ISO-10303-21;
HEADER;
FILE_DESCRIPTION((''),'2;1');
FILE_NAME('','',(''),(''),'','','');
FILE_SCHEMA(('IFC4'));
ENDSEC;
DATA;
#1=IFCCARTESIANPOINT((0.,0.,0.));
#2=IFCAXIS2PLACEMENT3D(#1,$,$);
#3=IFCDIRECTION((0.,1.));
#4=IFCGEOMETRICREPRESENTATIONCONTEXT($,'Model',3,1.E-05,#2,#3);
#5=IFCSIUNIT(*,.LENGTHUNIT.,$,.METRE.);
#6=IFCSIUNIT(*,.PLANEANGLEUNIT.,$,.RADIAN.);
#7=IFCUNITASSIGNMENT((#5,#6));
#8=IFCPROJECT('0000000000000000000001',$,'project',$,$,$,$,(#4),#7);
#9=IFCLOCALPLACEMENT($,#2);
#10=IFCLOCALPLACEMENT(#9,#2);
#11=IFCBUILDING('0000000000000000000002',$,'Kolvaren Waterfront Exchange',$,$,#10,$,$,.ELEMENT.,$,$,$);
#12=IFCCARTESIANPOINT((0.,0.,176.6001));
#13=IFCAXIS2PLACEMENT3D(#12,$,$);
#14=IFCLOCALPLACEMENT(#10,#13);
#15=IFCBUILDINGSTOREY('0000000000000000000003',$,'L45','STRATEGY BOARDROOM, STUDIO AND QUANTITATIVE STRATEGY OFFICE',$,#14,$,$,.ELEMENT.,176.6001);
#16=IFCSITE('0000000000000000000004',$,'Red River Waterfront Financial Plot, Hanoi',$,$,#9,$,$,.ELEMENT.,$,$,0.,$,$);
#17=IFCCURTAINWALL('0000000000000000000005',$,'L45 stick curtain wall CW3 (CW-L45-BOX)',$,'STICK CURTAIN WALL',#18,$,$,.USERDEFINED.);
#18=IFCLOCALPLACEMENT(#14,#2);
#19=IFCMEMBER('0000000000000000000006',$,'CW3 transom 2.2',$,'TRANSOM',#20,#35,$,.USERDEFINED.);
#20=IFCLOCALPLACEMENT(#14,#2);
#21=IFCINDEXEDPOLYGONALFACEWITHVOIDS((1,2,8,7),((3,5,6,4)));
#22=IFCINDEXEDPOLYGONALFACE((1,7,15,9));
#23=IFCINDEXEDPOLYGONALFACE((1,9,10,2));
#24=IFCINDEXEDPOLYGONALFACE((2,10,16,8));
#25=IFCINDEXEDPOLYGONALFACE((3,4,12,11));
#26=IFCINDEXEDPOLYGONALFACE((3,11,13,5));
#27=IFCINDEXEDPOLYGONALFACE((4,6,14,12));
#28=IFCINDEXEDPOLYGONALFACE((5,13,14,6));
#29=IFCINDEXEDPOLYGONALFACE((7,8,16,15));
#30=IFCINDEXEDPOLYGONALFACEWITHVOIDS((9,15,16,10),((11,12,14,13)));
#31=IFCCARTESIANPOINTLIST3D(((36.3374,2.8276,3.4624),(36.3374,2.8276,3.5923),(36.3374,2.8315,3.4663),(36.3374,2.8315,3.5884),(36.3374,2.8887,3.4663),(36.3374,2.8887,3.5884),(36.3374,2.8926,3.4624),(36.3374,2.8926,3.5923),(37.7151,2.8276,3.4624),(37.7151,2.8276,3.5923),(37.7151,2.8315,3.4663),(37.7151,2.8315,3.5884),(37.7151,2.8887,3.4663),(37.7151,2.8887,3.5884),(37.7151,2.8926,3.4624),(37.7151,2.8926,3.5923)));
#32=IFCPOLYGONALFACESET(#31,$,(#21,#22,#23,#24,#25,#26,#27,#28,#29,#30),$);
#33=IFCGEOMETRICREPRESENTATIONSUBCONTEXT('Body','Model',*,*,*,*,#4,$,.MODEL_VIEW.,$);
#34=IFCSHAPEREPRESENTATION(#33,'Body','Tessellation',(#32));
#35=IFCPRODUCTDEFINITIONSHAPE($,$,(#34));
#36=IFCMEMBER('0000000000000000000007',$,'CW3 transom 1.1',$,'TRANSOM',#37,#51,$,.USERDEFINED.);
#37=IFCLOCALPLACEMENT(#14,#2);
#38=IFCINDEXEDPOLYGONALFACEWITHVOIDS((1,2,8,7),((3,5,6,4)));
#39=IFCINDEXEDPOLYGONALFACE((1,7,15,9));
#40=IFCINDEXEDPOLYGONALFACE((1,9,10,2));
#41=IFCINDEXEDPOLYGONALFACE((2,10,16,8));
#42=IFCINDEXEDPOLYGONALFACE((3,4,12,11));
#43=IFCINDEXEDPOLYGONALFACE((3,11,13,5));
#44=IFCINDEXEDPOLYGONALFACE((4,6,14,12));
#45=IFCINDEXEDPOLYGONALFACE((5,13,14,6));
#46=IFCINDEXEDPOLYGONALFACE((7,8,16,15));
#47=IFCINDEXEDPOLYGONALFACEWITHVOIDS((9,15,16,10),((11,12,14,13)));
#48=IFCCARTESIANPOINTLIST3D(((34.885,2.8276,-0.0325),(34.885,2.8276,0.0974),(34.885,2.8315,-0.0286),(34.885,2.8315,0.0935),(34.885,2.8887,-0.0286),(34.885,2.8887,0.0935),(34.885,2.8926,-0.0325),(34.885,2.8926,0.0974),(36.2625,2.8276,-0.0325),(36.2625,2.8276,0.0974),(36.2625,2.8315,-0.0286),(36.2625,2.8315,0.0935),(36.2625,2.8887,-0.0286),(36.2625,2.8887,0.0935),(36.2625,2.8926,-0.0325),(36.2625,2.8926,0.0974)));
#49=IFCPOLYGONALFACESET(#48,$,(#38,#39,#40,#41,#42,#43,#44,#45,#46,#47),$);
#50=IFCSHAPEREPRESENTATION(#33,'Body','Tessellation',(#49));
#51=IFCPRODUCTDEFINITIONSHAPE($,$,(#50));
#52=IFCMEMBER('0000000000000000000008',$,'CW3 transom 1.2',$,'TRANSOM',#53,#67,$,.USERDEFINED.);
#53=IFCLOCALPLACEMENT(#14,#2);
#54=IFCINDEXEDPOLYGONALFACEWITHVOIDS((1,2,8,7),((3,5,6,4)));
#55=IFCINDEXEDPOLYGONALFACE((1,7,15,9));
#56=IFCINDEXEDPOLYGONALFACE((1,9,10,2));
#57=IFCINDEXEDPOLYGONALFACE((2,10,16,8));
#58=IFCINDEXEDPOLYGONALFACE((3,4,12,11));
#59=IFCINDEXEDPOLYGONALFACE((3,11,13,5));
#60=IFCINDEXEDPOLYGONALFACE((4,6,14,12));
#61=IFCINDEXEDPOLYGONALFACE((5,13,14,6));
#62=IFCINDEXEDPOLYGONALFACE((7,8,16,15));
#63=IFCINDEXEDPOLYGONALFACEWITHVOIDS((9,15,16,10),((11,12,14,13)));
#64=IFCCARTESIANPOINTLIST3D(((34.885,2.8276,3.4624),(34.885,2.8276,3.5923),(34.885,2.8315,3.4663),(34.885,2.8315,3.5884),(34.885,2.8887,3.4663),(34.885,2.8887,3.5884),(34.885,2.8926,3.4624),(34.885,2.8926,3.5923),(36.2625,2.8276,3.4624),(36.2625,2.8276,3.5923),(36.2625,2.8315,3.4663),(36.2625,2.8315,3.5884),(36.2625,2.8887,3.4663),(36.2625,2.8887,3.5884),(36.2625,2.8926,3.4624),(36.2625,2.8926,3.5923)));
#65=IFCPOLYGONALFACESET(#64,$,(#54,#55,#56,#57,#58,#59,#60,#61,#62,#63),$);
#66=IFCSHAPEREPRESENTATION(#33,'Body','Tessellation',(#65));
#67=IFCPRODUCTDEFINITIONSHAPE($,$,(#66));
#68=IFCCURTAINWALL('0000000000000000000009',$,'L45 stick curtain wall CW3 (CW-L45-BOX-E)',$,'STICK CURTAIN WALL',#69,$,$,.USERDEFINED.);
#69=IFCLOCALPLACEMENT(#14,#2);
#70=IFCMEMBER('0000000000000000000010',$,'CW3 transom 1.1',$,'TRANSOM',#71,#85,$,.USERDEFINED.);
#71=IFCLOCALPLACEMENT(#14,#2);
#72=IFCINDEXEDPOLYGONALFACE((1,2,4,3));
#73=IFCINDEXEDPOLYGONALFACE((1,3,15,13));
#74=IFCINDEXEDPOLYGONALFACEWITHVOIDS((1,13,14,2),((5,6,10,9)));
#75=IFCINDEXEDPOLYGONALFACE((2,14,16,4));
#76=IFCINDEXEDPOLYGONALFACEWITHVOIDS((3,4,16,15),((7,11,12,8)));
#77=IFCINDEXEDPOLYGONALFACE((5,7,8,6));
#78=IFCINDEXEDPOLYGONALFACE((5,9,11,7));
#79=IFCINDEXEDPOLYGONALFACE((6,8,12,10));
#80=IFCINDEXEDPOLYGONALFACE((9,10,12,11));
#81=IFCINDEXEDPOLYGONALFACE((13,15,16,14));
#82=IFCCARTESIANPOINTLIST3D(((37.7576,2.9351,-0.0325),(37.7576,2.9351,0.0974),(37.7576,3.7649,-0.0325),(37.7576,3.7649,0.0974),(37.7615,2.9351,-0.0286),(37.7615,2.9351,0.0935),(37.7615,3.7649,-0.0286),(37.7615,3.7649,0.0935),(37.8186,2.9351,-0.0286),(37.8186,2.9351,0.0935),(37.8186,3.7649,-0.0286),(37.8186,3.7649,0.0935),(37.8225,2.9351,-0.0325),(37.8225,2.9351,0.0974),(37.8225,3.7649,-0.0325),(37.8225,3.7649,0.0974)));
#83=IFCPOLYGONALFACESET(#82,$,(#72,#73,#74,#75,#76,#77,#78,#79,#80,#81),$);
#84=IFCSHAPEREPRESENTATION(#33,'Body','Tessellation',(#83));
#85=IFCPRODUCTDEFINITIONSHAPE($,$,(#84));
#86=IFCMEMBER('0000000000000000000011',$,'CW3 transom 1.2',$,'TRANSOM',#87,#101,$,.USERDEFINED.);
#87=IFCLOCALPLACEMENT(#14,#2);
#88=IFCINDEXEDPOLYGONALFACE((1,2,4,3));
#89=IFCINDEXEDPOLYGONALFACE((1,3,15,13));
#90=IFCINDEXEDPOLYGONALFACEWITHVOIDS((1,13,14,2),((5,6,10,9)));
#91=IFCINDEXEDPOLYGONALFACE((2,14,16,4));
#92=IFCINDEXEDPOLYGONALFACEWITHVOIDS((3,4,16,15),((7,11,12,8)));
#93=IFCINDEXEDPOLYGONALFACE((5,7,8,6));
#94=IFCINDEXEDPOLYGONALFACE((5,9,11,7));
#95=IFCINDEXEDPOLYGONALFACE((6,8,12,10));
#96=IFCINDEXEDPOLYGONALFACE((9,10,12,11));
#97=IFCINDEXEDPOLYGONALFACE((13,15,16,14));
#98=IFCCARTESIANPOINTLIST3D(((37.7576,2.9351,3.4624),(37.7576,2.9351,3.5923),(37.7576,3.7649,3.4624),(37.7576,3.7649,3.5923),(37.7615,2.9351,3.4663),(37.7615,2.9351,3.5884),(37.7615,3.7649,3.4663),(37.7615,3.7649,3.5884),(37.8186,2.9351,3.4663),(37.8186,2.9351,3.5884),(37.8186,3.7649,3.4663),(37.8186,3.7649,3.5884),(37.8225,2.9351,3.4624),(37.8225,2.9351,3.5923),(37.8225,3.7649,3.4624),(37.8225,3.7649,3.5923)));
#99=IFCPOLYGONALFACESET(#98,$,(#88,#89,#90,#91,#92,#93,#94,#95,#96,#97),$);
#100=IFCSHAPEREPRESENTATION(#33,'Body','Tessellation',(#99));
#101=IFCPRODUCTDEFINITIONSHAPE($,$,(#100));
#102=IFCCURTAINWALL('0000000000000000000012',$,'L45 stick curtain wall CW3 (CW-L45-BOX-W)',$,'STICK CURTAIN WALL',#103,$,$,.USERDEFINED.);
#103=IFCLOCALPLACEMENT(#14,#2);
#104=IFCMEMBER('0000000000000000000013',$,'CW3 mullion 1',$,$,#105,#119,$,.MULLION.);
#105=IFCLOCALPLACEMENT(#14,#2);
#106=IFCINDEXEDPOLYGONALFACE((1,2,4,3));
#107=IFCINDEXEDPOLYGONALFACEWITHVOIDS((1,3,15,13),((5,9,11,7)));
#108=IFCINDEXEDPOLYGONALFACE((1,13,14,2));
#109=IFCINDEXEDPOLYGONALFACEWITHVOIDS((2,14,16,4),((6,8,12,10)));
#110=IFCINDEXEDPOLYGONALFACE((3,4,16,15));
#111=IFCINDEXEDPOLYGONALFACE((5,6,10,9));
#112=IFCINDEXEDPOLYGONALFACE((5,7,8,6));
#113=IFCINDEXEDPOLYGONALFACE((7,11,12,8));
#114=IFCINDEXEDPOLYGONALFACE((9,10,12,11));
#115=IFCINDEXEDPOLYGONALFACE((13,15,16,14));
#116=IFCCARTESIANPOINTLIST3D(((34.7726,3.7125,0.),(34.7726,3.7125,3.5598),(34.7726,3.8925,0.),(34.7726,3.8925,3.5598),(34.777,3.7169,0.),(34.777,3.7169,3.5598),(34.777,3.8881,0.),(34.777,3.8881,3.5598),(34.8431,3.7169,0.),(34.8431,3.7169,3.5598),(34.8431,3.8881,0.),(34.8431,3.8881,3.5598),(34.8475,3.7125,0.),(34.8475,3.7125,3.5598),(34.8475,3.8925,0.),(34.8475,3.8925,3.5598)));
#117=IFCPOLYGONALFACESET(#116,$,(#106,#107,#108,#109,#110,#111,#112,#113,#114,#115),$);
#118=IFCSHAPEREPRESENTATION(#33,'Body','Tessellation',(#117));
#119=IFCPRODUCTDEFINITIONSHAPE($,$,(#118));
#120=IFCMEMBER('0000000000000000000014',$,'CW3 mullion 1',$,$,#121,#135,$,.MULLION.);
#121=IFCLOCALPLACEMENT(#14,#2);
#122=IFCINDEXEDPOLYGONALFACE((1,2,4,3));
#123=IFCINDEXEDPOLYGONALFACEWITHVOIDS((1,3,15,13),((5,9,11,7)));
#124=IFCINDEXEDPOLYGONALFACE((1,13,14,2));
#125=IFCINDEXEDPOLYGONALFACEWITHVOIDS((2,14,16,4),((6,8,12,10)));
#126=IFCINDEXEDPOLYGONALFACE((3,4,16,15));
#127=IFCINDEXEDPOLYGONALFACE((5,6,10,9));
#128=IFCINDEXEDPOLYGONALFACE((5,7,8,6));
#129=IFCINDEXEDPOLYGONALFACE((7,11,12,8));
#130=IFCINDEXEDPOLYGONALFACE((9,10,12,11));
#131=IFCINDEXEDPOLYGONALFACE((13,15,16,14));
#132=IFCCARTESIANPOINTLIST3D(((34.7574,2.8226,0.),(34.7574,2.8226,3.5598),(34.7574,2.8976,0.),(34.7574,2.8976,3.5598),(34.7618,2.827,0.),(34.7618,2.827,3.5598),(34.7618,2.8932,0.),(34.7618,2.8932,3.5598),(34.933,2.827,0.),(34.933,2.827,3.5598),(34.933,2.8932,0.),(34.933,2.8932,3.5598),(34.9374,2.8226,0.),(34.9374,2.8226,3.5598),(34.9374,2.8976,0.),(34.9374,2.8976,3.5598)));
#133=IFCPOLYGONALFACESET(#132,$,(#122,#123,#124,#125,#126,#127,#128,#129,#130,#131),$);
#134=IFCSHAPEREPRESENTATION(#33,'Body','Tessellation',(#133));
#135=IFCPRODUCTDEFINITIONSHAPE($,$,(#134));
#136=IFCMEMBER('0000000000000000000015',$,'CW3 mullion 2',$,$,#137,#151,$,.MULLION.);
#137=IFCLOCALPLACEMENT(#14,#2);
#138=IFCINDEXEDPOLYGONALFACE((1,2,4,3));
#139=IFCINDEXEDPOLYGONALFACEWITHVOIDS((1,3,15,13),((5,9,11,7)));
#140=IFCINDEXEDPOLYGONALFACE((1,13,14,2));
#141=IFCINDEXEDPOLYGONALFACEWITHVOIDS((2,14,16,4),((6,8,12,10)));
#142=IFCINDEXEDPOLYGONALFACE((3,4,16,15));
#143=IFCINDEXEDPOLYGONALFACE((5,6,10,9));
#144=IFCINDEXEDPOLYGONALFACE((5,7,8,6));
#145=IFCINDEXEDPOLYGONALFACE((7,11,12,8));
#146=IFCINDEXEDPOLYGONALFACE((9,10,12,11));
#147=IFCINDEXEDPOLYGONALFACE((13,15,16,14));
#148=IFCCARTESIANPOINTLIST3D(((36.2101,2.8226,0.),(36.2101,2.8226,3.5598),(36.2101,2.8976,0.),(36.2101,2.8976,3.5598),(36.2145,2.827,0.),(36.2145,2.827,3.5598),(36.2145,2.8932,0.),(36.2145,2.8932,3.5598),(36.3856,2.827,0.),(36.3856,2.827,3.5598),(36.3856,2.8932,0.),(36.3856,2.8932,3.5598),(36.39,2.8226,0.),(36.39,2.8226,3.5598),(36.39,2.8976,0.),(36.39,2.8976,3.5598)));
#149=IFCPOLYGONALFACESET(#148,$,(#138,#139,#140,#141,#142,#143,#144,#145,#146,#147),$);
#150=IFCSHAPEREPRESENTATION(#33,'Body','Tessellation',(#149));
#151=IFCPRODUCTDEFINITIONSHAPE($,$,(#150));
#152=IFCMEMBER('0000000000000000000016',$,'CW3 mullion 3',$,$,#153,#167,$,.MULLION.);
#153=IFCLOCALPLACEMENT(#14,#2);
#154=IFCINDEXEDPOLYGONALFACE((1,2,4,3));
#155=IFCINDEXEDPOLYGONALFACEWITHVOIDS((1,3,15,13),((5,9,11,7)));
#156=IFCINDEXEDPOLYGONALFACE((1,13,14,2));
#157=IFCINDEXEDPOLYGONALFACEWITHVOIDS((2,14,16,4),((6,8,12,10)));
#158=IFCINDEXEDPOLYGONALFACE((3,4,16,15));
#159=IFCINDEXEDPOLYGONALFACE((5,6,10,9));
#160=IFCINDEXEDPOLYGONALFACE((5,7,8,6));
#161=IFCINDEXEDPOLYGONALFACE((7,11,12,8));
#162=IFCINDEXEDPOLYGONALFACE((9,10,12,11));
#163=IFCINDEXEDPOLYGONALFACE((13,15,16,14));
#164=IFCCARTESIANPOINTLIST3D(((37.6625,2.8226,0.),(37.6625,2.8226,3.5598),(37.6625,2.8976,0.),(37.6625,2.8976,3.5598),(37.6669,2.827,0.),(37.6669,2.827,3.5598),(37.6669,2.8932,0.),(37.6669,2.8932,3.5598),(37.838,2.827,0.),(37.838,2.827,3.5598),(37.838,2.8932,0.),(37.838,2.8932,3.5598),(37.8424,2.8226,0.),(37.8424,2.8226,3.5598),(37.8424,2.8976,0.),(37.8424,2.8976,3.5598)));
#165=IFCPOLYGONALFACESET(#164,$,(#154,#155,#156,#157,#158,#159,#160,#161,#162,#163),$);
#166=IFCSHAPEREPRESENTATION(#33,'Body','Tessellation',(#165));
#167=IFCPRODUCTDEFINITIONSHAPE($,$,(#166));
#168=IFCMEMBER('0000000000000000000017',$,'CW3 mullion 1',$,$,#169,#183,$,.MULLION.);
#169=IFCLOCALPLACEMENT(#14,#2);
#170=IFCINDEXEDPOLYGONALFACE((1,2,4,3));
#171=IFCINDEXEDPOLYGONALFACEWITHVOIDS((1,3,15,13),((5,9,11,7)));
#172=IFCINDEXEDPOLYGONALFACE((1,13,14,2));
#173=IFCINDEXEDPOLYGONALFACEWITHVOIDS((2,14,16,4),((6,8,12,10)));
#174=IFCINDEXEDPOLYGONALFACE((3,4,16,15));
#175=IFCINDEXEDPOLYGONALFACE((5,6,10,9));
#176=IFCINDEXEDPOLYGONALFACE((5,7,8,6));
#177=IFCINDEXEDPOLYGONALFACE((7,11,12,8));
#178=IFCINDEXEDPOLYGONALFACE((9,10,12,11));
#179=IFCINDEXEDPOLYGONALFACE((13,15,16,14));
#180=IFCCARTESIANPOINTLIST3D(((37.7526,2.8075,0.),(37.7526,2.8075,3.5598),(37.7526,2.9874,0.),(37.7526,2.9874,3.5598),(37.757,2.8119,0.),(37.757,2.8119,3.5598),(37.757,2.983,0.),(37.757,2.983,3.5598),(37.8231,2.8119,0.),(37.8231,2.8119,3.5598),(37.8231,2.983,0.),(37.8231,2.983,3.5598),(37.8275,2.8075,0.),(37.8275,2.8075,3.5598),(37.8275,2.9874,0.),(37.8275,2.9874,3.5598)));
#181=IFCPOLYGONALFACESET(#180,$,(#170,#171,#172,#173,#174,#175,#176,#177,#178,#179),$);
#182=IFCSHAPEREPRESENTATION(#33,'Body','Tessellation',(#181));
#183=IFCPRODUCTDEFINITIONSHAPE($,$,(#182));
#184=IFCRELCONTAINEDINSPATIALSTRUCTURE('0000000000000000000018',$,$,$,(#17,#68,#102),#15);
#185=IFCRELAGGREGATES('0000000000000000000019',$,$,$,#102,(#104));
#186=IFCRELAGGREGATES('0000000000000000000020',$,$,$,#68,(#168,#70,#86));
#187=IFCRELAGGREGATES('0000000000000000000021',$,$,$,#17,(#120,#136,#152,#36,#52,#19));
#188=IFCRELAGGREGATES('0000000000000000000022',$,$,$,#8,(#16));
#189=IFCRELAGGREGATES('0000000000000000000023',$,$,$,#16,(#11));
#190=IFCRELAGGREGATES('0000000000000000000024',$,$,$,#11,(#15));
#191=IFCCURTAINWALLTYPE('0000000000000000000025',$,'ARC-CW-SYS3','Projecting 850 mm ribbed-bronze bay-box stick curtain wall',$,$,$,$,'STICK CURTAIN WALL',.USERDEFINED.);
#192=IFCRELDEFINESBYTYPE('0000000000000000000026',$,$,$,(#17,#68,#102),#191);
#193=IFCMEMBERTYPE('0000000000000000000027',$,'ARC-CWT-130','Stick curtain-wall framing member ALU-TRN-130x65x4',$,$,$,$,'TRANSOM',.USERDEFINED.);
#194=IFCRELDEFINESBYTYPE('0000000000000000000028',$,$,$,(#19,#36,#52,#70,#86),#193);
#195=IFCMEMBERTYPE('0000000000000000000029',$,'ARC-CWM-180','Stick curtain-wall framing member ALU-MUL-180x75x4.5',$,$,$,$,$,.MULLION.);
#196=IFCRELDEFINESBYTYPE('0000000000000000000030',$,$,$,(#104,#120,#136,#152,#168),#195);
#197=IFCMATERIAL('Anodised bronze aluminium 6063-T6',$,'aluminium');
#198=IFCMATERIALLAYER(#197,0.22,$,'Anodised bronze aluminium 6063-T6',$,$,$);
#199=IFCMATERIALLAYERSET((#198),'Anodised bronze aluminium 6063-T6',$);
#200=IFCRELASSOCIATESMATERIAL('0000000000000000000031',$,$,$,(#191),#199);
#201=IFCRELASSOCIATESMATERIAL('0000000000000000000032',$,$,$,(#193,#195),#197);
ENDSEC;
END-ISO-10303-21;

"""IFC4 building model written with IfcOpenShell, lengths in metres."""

from ifc_helpers import new_model, si_unit, direction, frame, origin, origin_with_axes, origin_2d, place, context, subcontext, project, spatial, hollow_rectangle, extrude, source, transform, mapped, material, layer, layer_set, material_profile, profile_set, type_object, element, aggregate, save


model = new_model("IFC4")

# Units and contexts
model_context = context("Model", 3, precision=1e-05, world=origin(), true_north=direction((0.0, 1.0)))
body_context = subcontext(model_context, "Body", "Model", "MODEL_VIEW")
ifc_project = project(units=[si_unit("LENGTHUNIT", "METRE"), si_unit("PLANEANGLEUNIT", "RADIAN")], contexts=[model_context])

# Site, building, storey
site_placement = place(None, origin())
site = spatial("IfcSite", under=ifc_project, at=site_placement, Name="Red River Waterfront Financial Plot, Hanoi", CompositionType="ELEMENT", RefElevation=0.0)
building_placement = place(site_placement, origin())
building = spatial("IfcBuilding", under=site, at=building_placement, Name="Kolvaren Waterfront Exchange", CompositionType="ELEMENT")
storey_placement = place(building_placement, frame((0.0, 0.0, 176.6001)))
storey = spatial("IfcBuildingStorey", under=building, at=storey_placement, Name="L45", Description="STRATEGY BOARDROOM, STUDIO AND QUANTITATIVE STRATEGY OFFICE", CompositionType="ELEMENT", Elevation=176.6001)

# Curtain walls, members
ifc_material_1 = material(Name="Anodised bronze aluminium 6063-T6", Category="aluminium")
ifc_layer_1 = layer(ifc_material_1, 0.22, Name="Anodised bronze aluminium 6063-T6")
ifc_layer_set_1 = layer_set([ifc_layer_1], Name="Anodised bronze aluminium 6063-T6")
curtain_wall_type_1 = type_object("IfcCurtainWallType", Name="ARC-CW-SYS3", Description="Projecting 850 mm ribbed-bronze bay-box stick curtain wall", ElementType="STICK CURTAIN WALL", PredefinedType="USERDEFINED", material=ifc_layer_set_1)
curtain_wall_1_placement = place(storey_placement, origin())
curtain_wall_1 = element("IfcCurtainWall", 1, at=curtain_wall_1_placement, inside=storey, type_object=curtain_wall_type_1, Name="L45 stick curtain wall CW3 (CW-L45-BOX)", ObjectType="STICK CURTAIN WALL", PredefinedType="USERDEFINED")
ifc_material_profile_1 = material_profile(ifc_material_1, hollow_rectangle(XDim=0.0649, YDim=0.1299, WallThickness=0.0039, at=origin_2d()), Name="ALU-TRN-130x65x4")
ifc_profile_set_1 = profile_set([ifc_material_profile_1], Name="Anodised bronze aluminium 6063-T6")
member_type_1 = type_object("IfcMemberType", Name="ARC-CWT-130", Description="Stick curtain-wall framing member ALU-TRN-130x65x4", ElementType="TRANSOM", PredefinedType="USERDEFINED", material=ifc_profile_set_1)
shared_shape_1 = source(origin_with_axes(), body_context, "Body", "SweptSolid", [
    extrude(hollow_rectangle(XDim=0.0649, YDim=0.1299, WallThickness=0.0039, at=origin_2d()), origin(), (0.0, 0.0, 1.0), 1.3777),
])
member_1_placement = place(storey_placement, frame((36.3374, 2.8601, 3.5273), z_axis=(1.0, 0.0, 0.0), x_axis=(0.0, 1.0, 0.0)))
member_1 = element("IfcMember", 2, at=member_1_placement, type_object=member_type_1, Name="CW3 transom 2.2", ObjectType="TRANSOM", PredefinedType="USERDEFINED", context=body_context, shape_type="MappedRepresentation", body=[
    mapped(shared_shape_1, transform((0.0, 0.0, 0.0), x_axis=(1.0, 0.0, 0.0), y_axis=(0.0, 1.0, 0.0), z_axis=(0.0, 0.0, 1.0), scale=1.0)),
])
shared_shape_2 = source(origin_with_axes(), body_context, "Body", "SweptSolid", [
    extrude(hollow_rectangle(XDim=0.0649, YDim=0.1299, WallThickness=0.0039, at=origin_2d()), origin(), (0.0, 0.0, 1.0), 1.3774),
])
member_2_placement = place(storey_placement, frame((34.885, 2.8601, 0.0325), z_axis=(1.0, 0.0, 0.0), x_axis=(0.0, 1.0, 0.0)))
member_2 = element("IfcMember", 3, at=member_2_placement, type_object=member_type_1, Name="CW3 transom 1.1", ObjectType="TRANSOM", PredefinedType="USERDEFINED", context=body_context, shape_type="MappedRepresentation", body=[
    mapped(shared_shape_2, transform((0.0, 0.0, 0.0), x_axis=(1.0, 0.0, 0.0), y_axis=(0.0, 1.0, 0.0), z_axis=(0.0, 0.0, 1.0), scale=1.0)),
])
member_3_placement = place(storey_placement, frame((34.885, 2.8601, 3.5273), z_axis=(1.0, 0.0, 0.0), x_axis=(0.0, 1.0, 0.0)))
member_3 = element("IfcMember", 4, at=member_3_placement, type_object=member_type_1, Name="CW3 transom 1.2", ObjectType="TRANSOM", PredefinedType="USERDEFINED", context=body_context, shape_type="MappedRepresentation", body=[
    mapped(shared_shape_2, transform((0.0, 0.0, 0.0), x_axis=(1.0, 0.0, 0.0), y_axis=(0.0, 1.0, 0.0), z_axis=(0.0, 0.0, 1.0), scale=1.0)),
])
curtain_wall_2_placement = place(storey_placement, origin())
curtain_wall_2 = element("IfcCurtainWall", 5, at=curtain_wall_2_placement, inside=storey, type_object=curtain_wall_type_1, Name="L45 stick curtain wall CW3 (CW-L45-BOX-E)", ObjectType="STICK CURTAIN WALL", PredefinedType="USERDEFINED")
shared_shape_3 = source(origin_with_axes(), body_context, "Body", "SweptSolid", [
    extrude(hollow_rectangle(XDim=0.0649, YDim=0.1299, WallThickness=0.0039, at=origin_2d()), origin(), (0.0, 0.0, 1.0), 0.8298),
])
member_4_placement = place(storey_placement, frame((37.79, 2.9351, 0.0325), z_axis=(0.0, 1.0, 0.0), x_axis=(-1.0, 0.0, 0.0)))
member_4 = element("IfcMember", 6, at=member_4_placement, type_object=member_type_1, Name="CW3 transom 1.1", ObjectType="TRANSOM", PredefinedType="USERDEFINED", context=body_context, shape_type="MappedRepresentation", body=[
    mapped(shared_shape_3, transform((0.0, 0.0, 0.0), x_axis=(1.0, 0.0, 0.0), y_axis=(0.0, 1.0, 0.0), z_axis=(0.0, 0.0, 1.0), scale=1.0)),
])
member_5_placement = place(storey_placement, frame((37.79, 2.9351, 3.5273), z_axis=(0.0, 1.0, 0.0), x_axis=(-1.0, 0.0, 0.0)))
member_5 = element("IfcMember", 7, at=member_5_placement, type_object=member_type_1, Name="CW3 transom 1.2", ObjectType="TRANSOM", PredefinedType="USERDEFINED", context=body_context, shape_type="MappedRepresentation", body=[
    mapped(shared_shape_3, transform((0.0, 0.0, 0.0), x_axis=(1.0, 0.0, 0.0), y_axis=(0.0, 1.0, 0.0), z_axis=(0.0, 0.0, 1.0), scale=1.0)),
])

# Curtain wall, member
curtain_wall_3_placement = place(storey_placement, origin())
curtain_wall_3 = element("IfcCurtainWall", 8, at=curtain_wall_3_placement, inside=storey, type_object=curtain_wall_type_1, Name="L45 stick curtain wall CW3 (CW-L45-BOX-W)", ObjectType="STICK CURTAIN WALL", PredefinedType="USERDEFINED")
ifc_material_profile_2 = material_profile(ifc_material_1, hollow_rectangle(XDim=0.075, YDim=0.1799, WallThickness=0.0044, at=origin_2d()), Name="ALU-MUL-180x75x4.5")
ifc_profile_set_2 = profile_set([ifc_material_profile_2], Name="Anodised bronze aluminium 6063-T6")
member_type_2 = type_object("IfcMemberType", Name="ARC-CWM-180", Description="Stick curtain-wall framing member ALU-MUL-180x75x4.5", PredefinedType="MULLION", material=ifc_profile_set_2)
shared_shape_4 = source(origin_with_axes(), body_context, "Body", "SweptSolid", [
    extrude(hollow_rectangle(XDim=0.075, YDim=0.1799, WallThickness=0.0044, at=origin_2d()), origin(), (0.0, 0.0, 1.0), 3.5598),
])
member_6_placement = place(storey_placement, frame((34.8101, 3.8025, 0.0), z_axis=(0.0, 0.0, 1.0), x_axis=(1.0, 0.0, 0.0)))
member_6 = element("IfcMember", 9, at=member_6_placement, type_object=member_type_2, Name="CW3 mullion 1", PredefinedType="MULLION", context=body_context, shape_type="MappedRepresentation", body=[
    mapped(shared_shape_4, transform((0.0, 0.0, 0.0), x_axis=(1.0, 0.0, 0.0), y_axis=(0.0, 1.0, 0.0), z_axis=(0.0, 0.0, 1.0), scale=1.0)),
])
aggregate(curtain_wall_3, [member_6])

# Members
member_7_placement = place(storey_placement, frame((34.8474, 2.8601, 0.0), z_axis=(0.0, 0.0, 1.0), x_axis=(0.0, 1.0, 0.0)))
member_7 = element("IfcMember", 10, at=member_7_placement, type_object=member_type_2, Name="CW3 mullion 1", PredefinedType="MULLION", context=body_context, shape_type="MappedRepresentation", body=[
    mapped(shared_shape_4, transform((0.0, 0.0, 0.0), x_axis=(1.0, 0.0, 0.0), y_axis=(0.0, 1.0, 0.0), z_axis=(0.0, 0.0, 1.0), scale=1.0)),
])
member_8_placement = place(storey_placement, frame((36.3, 2.8601, 0.0), z_axis=(0.0, 0.0, 1.0), x_axis=(0.0, 1.0, 0.0)))
member_8 = element("IfcMember", 11, at=member_8_placement, type_object=member_type_2, Name="CW3 mullion 2", PredefinedType="MULLION", context=body_context, shape_type="MappedRepresentation", body=[
    mapped(shared_shape_4, transform((0.0, 0.0, 0.0), x_axis=(1.0, 0.0, 0.0), y_axis=(0.0, 1.0, 0.0), z_axis=(0.0, 0.0, 1.0), scale=1.0)),
])
member_9_placement = place(storey_placement, frame((37.7524, 2.8601, 0.0), z_axis=(0.0, 0.0, 1.0), x_axis=(0.0, 1.0, 0.0)))
member_9 = element("IfcMember", 12, at=member_9_placement, type_object=member_type_2, Name="CW3 mullion 3", PredefinedType="MULLION", context=body_context, shape_type="MappedRepresentation", body=[
    mapped(shared_shape_4, transform((0.0, 0.0, 0.0), x_axis=(1.0, 0.0, 0.0), y_axis=(0.0, 1.0, 0.0), z_axis=(0.0, 0.0, 1.0), scale=1.0)),
])
member_10_placement = place(storey_placement, frame((37.79, 2.8975, 0.0), z_axis=(0.0, 0.0, 1.0), x_axis=(-1.0, 0.0, 0.0)))
member_10 = element("IfcMember", 13, at=member_10_placement, type_object=member_type_2, Name="CW3 mullion 1", PredefinedType="MULLION", context=body_context, shape_type="MappedRepresentation", body=[
    mapped(shared_shape_4, transform((0.0, 0.0, 0.0), x_axis=(1.0, 0.0, 0.0), y_axis=(0.0, 1.0, 0.0), z_axis=(0.0, 0.0, 1.0), scale=1.0)),
])

aggregate(curtain_wall_2, [member_10, member_4, member_5])
aggregate(curtain_wall_1, [member_7, member_8, member_9, member_2, member_3, member_1])

save(model, "model.ifc")
